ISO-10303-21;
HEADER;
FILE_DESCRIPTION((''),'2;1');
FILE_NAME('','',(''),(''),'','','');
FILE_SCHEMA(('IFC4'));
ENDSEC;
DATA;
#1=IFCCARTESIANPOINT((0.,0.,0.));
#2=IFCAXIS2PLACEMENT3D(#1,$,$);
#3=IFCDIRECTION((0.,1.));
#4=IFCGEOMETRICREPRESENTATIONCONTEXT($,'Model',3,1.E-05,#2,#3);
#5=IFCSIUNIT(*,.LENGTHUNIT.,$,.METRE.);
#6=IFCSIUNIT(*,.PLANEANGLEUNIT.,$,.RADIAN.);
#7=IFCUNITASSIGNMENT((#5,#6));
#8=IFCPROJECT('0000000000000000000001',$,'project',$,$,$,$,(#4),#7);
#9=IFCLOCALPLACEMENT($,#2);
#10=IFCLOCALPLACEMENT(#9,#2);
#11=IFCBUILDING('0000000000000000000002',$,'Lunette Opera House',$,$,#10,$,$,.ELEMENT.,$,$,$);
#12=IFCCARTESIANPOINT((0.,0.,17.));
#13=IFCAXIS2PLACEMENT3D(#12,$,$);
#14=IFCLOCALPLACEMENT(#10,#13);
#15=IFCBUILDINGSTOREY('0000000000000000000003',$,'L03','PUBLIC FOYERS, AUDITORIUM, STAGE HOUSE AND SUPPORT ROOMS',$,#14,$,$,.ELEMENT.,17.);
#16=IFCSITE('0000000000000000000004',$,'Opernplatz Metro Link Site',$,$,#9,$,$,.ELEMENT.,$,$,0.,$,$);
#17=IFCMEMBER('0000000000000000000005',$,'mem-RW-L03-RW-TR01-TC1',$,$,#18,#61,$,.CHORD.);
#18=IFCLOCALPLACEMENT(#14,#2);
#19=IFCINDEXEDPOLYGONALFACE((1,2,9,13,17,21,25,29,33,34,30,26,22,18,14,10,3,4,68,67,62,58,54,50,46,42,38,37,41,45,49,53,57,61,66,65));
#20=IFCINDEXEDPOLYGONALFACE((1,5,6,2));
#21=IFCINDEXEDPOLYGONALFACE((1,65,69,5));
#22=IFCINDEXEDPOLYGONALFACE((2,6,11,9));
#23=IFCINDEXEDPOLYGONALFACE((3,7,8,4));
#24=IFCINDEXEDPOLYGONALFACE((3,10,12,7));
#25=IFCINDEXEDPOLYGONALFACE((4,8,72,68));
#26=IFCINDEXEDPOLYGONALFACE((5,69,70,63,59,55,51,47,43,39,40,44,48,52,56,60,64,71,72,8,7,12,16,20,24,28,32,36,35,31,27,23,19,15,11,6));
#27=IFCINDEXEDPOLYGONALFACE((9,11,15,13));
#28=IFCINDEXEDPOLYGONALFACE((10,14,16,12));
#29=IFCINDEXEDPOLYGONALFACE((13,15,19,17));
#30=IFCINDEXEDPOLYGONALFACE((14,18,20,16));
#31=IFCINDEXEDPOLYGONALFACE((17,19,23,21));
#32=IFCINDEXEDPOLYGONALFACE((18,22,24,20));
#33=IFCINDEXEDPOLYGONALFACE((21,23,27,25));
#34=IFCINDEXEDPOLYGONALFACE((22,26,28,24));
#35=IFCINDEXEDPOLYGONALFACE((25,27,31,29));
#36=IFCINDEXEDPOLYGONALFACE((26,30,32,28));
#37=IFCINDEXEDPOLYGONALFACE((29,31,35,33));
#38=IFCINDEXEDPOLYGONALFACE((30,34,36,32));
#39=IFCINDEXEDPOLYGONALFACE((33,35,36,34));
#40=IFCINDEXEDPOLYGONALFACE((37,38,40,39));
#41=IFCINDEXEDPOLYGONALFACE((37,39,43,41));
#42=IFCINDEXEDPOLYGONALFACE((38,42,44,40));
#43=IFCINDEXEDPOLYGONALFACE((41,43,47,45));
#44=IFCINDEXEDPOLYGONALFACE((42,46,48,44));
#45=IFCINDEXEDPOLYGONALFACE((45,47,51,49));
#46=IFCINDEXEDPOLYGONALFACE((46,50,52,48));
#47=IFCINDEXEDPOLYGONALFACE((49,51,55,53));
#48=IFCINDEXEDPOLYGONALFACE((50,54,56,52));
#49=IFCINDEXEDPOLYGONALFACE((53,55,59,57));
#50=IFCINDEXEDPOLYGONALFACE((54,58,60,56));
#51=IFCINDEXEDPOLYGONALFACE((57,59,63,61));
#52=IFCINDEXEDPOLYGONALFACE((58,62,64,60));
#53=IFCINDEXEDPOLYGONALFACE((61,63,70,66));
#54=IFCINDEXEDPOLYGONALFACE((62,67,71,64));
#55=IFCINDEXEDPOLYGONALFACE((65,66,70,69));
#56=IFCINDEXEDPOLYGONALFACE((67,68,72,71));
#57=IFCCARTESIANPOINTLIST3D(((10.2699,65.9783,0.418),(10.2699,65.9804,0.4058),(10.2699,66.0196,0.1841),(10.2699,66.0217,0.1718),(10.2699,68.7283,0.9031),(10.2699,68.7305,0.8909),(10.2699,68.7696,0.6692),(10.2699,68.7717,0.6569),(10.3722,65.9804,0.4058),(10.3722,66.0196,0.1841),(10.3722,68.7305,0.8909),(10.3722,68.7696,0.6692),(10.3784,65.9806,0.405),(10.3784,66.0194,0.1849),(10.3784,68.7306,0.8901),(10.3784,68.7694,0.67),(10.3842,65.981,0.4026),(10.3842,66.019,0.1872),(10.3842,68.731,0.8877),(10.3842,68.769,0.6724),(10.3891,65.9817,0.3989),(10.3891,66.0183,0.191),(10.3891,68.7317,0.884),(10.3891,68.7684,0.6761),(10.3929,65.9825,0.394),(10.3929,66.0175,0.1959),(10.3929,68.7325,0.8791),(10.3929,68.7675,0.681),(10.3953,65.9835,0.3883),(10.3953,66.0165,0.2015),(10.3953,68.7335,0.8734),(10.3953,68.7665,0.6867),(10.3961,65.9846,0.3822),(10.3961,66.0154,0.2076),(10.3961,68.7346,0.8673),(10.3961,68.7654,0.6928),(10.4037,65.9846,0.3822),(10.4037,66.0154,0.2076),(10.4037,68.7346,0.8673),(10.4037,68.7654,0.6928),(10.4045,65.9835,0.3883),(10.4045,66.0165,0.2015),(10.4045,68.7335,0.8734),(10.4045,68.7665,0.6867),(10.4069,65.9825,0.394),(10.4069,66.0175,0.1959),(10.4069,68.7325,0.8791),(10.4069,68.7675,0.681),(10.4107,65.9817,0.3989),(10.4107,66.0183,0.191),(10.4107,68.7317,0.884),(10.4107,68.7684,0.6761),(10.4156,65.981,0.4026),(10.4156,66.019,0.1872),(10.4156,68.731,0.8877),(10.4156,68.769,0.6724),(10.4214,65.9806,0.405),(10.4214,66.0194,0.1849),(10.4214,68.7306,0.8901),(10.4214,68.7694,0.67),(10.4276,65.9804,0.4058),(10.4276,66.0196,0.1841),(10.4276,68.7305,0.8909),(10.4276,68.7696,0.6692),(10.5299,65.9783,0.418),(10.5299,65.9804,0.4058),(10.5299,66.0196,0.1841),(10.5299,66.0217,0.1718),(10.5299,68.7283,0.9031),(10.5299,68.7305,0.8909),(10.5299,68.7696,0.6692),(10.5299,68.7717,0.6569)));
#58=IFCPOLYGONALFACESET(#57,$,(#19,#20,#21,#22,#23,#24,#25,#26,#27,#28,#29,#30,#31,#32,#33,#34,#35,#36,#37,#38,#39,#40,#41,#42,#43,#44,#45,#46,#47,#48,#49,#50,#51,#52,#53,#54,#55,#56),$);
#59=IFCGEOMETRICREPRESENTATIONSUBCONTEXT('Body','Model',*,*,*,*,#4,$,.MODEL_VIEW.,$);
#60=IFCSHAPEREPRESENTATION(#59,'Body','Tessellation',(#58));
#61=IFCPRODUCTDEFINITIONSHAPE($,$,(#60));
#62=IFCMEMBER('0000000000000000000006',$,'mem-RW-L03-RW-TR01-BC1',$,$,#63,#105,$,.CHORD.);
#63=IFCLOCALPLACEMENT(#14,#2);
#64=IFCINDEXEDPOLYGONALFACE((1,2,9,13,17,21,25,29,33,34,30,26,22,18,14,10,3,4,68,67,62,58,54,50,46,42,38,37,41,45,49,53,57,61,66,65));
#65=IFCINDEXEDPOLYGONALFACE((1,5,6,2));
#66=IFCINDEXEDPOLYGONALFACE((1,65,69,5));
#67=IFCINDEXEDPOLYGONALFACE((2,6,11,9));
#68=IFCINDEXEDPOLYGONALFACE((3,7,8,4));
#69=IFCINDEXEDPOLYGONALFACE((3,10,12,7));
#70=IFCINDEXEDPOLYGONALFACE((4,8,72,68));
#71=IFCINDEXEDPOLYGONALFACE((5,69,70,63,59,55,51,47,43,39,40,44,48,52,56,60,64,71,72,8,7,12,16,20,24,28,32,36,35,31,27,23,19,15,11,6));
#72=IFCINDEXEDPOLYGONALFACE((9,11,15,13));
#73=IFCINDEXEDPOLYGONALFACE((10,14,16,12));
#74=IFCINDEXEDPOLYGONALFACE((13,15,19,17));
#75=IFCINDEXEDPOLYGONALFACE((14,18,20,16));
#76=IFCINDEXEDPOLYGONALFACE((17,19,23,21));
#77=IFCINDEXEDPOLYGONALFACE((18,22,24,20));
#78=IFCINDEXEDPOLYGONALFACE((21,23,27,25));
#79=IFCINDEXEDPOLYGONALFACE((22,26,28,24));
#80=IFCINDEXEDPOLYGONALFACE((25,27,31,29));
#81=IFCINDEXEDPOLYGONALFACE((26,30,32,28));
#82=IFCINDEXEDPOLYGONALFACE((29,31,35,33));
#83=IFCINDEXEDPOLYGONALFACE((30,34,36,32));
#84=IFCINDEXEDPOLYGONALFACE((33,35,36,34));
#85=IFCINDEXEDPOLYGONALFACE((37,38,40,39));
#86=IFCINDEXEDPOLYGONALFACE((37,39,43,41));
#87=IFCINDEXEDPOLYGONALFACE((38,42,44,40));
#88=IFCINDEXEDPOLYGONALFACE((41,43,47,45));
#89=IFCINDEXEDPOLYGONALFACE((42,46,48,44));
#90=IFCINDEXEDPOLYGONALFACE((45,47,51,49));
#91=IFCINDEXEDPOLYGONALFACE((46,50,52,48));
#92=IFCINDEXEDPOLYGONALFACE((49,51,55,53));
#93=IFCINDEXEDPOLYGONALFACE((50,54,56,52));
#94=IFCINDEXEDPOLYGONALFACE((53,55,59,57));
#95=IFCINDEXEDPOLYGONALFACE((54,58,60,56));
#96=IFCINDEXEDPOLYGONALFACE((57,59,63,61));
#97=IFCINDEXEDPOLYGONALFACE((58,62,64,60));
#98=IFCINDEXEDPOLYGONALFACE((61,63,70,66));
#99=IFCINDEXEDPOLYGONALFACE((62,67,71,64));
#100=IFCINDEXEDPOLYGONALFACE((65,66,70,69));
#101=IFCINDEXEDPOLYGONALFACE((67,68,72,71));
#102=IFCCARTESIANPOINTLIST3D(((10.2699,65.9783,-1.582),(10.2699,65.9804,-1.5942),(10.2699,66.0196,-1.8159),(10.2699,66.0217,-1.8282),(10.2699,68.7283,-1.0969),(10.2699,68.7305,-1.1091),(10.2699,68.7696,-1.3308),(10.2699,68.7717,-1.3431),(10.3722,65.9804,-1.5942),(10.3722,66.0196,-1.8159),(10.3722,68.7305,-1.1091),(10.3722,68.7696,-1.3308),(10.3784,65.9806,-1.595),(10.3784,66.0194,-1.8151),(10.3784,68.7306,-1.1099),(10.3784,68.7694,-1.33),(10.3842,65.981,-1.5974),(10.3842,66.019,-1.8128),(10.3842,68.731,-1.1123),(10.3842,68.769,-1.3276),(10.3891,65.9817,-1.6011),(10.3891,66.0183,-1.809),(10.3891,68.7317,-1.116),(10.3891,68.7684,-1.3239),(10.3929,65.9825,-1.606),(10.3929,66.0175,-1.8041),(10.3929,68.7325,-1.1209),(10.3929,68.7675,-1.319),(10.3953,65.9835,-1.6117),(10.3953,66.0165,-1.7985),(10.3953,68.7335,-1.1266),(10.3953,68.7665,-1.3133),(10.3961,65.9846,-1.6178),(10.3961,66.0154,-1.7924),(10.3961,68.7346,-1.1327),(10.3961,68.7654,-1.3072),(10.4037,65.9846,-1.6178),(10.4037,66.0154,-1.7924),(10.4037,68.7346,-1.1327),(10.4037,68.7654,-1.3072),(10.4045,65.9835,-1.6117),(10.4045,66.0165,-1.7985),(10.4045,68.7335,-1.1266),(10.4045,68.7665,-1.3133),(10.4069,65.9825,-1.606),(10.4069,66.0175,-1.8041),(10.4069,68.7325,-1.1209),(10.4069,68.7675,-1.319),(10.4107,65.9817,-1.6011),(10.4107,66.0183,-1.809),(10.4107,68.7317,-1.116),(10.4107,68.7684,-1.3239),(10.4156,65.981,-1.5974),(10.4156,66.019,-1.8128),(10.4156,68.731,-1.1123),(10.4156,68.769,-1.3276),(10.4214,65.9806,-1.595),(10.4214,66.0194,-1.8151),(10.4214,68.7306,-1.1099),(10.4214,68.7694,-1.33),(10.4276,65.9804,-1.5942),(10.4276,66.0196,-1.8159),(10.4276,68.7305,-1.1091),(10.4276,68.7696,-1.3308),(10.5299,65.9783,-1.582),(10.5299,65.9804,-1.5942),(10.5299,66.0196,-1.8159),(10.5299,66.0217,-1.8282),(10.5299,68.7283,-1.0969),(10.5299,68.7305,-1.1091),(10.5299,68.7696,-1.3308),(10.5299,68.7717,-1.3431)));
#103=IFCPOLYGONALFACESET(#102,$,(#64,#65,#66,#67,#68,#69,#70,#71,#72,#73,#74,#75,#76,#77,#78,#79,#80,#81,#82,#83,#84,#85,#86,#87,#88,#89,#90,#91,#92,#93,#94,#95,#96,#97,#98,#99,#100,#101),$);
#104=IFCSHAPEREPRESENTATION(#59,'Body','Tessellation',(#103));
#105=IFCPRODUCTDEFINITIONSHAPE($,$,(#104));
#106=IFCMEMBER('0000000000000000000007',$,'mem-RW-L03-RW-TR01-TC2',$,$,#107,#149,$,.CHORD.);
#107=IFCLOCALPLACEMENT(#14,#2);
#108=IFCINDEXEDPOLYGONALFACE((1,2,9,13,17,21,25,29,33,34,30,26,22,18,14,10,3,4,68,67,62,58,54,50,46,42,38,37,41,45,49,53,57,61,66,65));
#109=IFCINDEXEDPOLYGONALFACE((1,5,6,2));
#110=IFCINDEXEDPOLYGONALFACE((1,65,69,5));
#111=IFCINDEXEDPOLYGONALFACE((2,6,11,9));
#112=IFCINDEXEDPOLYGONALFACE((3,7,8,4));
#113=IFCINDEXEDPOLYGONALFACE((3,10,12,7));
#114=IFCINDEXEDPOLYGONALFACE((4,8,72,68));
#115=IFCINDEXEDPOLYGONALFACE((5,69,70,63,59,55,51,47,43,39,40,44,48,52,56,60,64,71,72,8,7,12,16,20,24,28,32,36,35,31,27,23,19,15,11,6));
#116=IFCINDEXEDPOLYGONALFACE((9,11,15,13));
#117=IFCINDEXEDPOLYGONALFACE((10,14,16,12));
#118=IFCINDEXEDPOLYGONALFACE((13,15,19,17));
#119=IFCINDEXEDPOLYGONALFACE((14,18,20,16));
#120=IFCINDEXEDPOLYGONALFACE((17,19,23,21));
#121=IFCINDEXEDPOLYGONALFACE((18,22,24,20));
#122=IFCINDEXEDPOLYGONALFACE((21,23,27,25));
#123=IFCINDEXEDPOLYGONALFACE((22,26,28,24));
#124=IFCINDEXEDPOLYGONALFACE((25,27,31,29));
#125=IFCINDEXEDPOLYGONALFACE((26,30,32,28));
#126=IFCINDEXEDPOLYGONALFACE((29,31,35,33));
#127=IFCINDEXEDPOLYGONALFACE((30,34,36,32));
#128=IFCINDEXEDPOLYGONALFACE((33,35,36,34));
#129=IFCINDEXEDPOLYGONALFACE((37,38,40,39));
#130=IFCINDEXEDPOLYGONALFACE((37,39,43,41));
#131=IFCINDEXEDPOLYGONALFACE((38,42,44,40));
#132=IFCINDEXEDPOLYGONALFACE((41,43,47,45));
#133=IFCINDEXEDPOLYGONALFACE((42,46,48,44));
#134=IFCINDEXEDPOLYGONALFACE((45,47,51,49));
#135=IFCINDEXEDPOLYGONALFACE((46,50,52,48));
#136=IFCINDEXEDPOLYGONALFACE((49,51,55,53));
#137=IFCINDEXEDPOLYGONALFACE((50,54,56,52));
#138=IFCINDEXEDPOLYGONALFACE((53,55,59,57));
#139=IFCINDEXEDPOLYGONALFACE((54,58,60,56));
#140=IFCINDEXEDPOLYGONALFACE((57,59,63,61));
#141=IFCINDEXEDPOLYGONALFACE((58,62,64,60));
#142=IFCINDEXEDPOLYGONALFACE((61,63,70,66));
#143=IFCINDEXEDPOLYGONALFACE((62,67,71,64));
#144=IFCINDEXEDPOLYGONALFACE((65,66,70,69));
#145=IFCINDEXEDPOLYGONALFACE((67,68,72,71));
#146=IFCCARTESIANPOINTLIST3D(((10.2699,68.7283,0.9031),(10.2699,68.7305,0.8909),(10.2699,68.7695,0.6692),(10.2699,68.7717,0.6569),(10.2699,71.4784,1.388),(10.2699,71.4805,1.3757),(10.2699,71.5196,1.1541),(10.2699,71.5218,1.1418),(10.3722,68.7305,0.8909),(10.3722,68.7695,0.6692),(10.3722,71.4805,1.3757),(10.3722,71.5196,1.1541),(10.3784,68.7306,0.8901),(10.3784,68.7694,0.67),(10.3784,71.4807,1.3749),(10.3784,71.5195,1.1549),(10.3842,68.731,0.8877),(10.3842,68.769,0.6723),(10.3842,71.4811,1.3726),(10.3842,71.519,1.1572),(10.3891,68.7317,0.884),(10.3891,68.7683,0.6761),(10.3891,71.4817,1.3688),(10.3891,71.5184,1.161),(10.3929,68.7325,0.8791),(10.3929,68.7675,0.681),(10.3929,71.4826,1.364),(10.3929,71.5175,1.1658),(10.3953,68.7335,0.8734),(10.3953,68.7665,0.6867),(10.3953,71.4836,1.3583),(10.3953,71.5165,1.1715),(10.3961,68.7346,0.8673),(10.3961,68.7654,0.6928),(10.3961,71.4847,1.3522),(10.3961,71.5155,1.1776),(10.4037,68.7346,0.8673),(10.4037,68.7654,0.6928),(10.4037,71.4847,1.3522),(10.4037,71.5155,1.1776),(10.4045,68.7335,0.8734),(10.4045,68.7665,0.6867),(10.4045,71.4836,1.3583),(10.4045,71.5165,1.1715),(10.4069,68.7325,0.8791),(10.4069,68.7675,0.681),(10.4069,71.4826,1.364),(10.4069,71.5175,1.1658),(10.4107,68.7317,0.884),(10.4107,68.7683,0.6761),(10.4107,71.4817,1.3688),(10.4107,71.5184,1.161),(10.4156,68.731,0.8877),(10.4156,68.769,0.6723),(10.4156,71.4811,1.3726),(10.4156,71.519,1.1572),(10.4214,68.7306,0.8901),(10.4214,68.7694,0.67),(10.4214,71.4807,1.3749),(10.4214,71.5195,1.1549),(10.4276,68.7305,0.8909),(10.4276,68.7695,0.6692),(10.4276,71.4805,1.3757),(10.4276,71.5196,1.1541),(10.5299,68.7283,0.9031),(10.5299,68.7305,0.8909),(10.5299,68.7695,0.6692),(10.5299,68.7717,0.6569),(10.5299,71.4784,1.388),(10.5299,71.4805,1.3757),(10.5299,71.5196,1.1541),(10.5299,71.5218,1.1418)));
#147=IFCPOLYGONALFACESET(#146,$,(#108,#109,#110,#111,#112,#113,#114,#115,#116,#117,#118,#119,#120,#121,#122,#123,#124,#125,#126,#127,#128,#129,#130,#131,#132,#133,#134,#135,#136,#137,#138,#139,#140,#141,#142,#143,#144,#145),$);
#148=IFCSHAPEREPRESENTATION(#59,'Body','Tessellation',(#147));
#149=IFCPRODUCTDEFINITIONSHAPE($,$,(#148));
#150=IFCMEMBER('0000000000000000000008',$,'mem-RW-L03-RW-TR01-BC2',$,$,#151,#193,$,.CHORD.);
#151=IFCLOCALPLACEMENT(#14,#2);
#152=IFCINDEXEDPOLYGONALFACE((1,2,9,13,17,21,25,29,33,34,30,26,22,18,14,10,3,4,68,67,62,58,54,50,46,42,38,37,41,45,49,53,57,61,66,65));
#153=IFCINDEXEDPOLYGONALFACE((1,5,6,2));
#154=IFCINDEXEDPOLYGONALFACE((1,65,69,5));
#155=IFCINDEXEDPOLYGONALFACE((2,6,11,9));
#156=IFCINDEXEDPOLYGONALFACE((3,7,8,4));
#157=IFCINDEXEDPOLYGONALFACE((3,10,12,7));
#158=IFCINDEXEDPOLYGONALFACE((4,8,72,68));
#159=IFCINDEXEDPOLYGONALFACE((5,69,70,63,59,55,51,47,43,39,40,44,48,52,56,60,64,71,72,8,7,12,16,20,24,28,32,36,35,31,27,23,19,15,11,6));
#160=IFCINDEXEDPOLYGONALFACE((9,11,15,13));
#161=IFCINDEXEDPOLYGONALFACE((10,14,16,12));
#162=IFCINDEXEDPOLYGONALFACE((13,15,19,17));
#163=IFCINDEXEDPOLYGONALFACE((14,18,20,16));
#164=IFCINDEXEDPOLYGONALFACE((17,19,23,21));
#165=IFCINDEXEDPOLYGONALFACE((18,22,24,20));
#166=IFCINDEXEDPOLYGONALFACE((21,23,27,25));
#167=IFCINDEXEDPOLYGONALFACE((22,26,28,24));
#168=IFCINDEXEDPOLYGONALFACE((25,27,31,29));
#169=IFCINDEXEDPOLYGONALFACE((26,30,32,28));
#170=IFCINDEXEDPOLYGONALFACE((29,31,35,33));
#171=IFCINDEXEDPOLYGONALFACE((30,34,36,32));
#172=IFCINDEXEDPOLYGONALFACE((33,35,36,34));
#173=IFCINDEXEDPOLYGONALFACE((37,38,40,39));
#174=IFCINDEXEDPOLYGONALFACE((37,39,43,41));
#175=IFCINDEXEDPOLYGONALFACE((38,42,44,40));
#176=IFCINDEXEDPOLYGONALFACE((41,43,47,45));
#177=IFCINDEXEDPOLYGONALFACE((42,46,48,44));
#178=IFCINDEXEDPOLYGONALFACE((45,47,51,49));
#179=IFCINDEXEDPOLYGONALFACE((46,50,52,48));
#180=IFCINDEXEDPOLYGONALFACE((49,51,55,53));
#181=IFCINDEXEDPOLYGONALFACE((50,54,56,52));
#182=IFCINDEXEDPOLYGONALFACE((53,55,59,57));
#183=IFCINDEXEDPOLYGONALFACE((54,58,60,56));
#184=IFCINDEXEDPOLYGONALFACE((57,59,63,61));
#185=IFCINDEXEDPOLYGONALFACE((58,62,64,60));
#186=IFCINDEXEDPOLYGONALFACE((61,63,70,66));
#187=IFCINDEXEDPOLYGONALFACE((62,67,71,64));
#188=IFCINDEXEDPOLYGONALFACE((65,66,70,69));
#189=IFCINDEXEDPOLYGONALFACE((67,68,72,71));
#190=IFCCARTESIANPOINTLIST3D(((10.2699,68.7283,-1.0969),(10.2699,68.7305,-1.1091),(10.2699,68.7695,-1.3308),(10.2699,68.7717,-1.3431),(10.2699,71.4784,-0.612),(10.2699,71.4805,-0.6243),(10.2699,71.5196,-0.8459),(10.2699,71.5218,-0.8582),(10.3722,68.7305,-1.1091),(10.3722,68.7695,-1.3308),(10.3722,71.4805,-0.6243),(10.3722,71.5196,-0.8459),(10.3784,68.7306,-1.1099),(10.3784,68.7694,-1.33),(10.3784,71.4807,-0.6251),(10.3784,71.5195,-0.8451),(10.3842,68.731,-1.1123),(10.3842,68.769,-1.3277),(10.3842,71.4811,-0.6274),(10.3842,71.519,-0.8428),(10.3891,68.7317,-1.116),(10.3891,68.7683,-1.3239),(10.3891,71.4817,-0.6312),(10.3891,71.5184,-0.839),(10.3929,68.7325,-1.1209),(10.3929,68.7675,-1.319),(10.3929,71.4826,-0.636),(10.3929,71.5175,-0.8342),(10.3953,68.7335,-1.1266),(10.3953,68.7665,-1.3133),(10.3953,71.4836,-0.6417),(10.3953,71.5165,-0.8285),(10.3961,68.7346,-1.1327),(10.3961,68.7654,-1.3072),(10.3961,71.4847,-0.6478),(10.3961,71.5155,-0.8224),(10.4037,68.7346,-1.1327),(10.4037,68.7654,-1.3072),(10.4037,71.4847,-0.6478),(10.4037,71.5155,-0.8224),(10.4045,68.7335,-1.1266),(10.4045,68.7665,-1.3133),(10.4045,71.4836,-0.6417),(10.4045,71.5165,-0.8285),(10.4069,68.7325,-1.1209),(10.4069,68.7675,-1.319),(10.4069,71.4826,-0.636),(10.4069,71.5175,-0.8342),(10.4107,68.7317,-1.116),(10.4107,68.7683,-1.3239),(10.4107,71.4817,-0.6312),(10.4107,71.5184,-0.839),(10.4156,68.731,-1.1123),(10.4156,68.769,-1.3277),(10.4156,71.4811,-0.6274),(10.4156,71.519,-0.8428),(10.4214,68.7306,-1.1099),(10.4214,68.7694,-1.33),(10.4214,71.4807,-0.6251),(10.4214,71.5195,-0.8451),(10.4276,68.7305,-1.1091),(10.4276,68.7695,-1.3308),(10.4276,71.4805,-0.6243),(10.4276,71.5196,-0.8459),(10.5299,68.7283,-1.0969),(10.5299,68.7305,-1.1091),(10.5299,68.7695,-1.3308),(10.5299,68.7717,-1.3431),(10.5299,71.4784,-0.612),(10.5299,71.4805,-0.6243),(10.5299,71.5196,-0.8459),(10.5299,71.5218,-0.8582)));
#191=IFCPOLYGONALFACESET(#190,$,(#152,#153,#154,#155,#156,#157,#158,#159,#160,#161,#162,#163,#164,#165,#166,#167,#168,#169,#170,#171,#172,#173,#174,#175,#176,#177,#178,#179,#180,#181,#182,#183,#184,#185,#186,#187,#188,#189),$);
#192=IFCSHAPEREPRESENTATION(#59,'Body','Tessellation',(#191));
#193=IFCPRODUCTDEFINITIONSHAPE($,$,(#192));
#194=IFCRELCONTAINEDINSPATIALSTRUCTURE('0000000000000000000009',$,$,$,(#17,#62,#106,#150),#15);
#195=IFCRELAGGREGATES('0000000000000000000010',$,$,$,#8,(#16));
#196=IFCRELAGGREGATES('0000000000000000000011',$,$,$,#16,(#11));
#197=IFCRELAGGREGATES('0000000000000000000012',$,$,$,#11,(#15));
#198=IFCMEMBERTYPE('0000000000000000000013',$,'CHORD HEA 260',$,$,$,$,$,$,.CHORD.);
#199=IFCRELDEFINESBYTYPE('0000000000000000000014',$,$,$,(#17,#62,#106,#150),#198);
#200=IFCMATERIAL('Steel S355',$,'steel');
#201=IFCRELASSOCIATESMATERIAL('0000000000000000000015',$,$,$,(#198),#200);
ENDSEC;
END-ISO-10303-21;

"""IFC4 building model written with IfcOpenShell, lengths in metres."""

from ifc_helpers import new_model, si_unit, direction, frame, origin, origin_2d, place, context, subcontext, project, spatial, i_section, extrude, material, material_profile, profile_set, type_object, element, save


model = new_model("IFC4")

# Units and contexts
model_context = context("Model", 3, precision=1e-05, world=origin(), true_north=direction((0.0, 1.0)))
body_context = subcontext(model_context, "Body", "Model", "MODEL_VIEW")
ifc_project = project(units=[si_unit("LENGTHUNIT", "METRE"), si_unit("PLANEANGLEUNIT", "RADIAN")], contexts=[model_context])

# Site, building, storey
site_placement = place(None, origin())
site = spatial("IfcSite", under=ifc_project, at=site_placement, Name="Opernplatz Metro Link Site", CompositionType="ELEMENT", RefElevation=0.0)
building_placement = place(site_placement, origin())
building = spatial("IfcBuilding", under=site, at=building_placement, Name="Lunette Opera House", CompositionType="ELEMENT")
storey_placement = place(building_placement, frame((0.0, 0.0, 17.0)))
storey = spatial("IfcBuildingStorey", under=building, at=storey_placement, Name="L03", Description="PUBLIC FOYERS, AUDITORIUM, STAGE HOUSE AND SUPPORT ROOMS", CompositionType="ELEMENT", Elevation=17.0)

# Members
ifc_material_1 = material(Name="Steel S355", Category="steel")
ifc_material_profile_1 = material_profile(ifc_material_1, i_section(OverallWidth=0.26, OverallDepth=0.25, WebThickness=0.0076, FlangeThickness=0.0125, FilletRadius=0.0239, at=origin_2d()), Name="HEA 260")
ifc_profile_set_1 = profile_set([ifc_material_profile_1], Name="Steel S355")
member_type_1 = type_object("IfcMemberType", Name="CHORD HEA 260", PredefinedType="CHORD", material=ifc_profile_set_1)
for number, where, z_axis, x_axis, name in (
    (1, (10.3999, 66.0, 0.2949), (0.0, 0.984795, 0.17372), (-1.0, 0.0, 0.0), "mem-RW-L03-RW-TR01-TC1"),
    (2, (10.3999, 66.0, -1.7051), (0.0, 0.984795, 0.17372), (-1.0, 0.0, 0.0), "mem-RW-L03-RW-TR01-BC1"),
    (3, (10.3999, 68.75, 0.78), (0.0, 0.98481, 0.173636), (-1.0, 0.0, 0.0), "mem-RW-L03-RW-TR01-TC2"),
    (4, (10.3999, 68.75, -1.22), (0.0, 0.98481, 0.173636), (-1.0, 0.0, 0.0), "mem-RW-L03-RW-TR01-BC2"),
):
    element("IfcMember", number, at=place(storey_placement, frame(where, z_axis=z_axis, x_axis=x_axis)), inside=storey, type_object=member_type_1, Name=name, PredefinedType="CHORD", context=body_context, shape_type="SweptSolid", body=[
        extrude(i_section(OverallWidth=0.26, OverallDepth=0.25, WebThickness=0.0076, FlangeThickness=0.0125, FilletRadius=0.0239, at=origin_2d()), origin(), (0.0, 0.0, 1.0), 2.7925),
    ])

save(model, "model.ifc")
